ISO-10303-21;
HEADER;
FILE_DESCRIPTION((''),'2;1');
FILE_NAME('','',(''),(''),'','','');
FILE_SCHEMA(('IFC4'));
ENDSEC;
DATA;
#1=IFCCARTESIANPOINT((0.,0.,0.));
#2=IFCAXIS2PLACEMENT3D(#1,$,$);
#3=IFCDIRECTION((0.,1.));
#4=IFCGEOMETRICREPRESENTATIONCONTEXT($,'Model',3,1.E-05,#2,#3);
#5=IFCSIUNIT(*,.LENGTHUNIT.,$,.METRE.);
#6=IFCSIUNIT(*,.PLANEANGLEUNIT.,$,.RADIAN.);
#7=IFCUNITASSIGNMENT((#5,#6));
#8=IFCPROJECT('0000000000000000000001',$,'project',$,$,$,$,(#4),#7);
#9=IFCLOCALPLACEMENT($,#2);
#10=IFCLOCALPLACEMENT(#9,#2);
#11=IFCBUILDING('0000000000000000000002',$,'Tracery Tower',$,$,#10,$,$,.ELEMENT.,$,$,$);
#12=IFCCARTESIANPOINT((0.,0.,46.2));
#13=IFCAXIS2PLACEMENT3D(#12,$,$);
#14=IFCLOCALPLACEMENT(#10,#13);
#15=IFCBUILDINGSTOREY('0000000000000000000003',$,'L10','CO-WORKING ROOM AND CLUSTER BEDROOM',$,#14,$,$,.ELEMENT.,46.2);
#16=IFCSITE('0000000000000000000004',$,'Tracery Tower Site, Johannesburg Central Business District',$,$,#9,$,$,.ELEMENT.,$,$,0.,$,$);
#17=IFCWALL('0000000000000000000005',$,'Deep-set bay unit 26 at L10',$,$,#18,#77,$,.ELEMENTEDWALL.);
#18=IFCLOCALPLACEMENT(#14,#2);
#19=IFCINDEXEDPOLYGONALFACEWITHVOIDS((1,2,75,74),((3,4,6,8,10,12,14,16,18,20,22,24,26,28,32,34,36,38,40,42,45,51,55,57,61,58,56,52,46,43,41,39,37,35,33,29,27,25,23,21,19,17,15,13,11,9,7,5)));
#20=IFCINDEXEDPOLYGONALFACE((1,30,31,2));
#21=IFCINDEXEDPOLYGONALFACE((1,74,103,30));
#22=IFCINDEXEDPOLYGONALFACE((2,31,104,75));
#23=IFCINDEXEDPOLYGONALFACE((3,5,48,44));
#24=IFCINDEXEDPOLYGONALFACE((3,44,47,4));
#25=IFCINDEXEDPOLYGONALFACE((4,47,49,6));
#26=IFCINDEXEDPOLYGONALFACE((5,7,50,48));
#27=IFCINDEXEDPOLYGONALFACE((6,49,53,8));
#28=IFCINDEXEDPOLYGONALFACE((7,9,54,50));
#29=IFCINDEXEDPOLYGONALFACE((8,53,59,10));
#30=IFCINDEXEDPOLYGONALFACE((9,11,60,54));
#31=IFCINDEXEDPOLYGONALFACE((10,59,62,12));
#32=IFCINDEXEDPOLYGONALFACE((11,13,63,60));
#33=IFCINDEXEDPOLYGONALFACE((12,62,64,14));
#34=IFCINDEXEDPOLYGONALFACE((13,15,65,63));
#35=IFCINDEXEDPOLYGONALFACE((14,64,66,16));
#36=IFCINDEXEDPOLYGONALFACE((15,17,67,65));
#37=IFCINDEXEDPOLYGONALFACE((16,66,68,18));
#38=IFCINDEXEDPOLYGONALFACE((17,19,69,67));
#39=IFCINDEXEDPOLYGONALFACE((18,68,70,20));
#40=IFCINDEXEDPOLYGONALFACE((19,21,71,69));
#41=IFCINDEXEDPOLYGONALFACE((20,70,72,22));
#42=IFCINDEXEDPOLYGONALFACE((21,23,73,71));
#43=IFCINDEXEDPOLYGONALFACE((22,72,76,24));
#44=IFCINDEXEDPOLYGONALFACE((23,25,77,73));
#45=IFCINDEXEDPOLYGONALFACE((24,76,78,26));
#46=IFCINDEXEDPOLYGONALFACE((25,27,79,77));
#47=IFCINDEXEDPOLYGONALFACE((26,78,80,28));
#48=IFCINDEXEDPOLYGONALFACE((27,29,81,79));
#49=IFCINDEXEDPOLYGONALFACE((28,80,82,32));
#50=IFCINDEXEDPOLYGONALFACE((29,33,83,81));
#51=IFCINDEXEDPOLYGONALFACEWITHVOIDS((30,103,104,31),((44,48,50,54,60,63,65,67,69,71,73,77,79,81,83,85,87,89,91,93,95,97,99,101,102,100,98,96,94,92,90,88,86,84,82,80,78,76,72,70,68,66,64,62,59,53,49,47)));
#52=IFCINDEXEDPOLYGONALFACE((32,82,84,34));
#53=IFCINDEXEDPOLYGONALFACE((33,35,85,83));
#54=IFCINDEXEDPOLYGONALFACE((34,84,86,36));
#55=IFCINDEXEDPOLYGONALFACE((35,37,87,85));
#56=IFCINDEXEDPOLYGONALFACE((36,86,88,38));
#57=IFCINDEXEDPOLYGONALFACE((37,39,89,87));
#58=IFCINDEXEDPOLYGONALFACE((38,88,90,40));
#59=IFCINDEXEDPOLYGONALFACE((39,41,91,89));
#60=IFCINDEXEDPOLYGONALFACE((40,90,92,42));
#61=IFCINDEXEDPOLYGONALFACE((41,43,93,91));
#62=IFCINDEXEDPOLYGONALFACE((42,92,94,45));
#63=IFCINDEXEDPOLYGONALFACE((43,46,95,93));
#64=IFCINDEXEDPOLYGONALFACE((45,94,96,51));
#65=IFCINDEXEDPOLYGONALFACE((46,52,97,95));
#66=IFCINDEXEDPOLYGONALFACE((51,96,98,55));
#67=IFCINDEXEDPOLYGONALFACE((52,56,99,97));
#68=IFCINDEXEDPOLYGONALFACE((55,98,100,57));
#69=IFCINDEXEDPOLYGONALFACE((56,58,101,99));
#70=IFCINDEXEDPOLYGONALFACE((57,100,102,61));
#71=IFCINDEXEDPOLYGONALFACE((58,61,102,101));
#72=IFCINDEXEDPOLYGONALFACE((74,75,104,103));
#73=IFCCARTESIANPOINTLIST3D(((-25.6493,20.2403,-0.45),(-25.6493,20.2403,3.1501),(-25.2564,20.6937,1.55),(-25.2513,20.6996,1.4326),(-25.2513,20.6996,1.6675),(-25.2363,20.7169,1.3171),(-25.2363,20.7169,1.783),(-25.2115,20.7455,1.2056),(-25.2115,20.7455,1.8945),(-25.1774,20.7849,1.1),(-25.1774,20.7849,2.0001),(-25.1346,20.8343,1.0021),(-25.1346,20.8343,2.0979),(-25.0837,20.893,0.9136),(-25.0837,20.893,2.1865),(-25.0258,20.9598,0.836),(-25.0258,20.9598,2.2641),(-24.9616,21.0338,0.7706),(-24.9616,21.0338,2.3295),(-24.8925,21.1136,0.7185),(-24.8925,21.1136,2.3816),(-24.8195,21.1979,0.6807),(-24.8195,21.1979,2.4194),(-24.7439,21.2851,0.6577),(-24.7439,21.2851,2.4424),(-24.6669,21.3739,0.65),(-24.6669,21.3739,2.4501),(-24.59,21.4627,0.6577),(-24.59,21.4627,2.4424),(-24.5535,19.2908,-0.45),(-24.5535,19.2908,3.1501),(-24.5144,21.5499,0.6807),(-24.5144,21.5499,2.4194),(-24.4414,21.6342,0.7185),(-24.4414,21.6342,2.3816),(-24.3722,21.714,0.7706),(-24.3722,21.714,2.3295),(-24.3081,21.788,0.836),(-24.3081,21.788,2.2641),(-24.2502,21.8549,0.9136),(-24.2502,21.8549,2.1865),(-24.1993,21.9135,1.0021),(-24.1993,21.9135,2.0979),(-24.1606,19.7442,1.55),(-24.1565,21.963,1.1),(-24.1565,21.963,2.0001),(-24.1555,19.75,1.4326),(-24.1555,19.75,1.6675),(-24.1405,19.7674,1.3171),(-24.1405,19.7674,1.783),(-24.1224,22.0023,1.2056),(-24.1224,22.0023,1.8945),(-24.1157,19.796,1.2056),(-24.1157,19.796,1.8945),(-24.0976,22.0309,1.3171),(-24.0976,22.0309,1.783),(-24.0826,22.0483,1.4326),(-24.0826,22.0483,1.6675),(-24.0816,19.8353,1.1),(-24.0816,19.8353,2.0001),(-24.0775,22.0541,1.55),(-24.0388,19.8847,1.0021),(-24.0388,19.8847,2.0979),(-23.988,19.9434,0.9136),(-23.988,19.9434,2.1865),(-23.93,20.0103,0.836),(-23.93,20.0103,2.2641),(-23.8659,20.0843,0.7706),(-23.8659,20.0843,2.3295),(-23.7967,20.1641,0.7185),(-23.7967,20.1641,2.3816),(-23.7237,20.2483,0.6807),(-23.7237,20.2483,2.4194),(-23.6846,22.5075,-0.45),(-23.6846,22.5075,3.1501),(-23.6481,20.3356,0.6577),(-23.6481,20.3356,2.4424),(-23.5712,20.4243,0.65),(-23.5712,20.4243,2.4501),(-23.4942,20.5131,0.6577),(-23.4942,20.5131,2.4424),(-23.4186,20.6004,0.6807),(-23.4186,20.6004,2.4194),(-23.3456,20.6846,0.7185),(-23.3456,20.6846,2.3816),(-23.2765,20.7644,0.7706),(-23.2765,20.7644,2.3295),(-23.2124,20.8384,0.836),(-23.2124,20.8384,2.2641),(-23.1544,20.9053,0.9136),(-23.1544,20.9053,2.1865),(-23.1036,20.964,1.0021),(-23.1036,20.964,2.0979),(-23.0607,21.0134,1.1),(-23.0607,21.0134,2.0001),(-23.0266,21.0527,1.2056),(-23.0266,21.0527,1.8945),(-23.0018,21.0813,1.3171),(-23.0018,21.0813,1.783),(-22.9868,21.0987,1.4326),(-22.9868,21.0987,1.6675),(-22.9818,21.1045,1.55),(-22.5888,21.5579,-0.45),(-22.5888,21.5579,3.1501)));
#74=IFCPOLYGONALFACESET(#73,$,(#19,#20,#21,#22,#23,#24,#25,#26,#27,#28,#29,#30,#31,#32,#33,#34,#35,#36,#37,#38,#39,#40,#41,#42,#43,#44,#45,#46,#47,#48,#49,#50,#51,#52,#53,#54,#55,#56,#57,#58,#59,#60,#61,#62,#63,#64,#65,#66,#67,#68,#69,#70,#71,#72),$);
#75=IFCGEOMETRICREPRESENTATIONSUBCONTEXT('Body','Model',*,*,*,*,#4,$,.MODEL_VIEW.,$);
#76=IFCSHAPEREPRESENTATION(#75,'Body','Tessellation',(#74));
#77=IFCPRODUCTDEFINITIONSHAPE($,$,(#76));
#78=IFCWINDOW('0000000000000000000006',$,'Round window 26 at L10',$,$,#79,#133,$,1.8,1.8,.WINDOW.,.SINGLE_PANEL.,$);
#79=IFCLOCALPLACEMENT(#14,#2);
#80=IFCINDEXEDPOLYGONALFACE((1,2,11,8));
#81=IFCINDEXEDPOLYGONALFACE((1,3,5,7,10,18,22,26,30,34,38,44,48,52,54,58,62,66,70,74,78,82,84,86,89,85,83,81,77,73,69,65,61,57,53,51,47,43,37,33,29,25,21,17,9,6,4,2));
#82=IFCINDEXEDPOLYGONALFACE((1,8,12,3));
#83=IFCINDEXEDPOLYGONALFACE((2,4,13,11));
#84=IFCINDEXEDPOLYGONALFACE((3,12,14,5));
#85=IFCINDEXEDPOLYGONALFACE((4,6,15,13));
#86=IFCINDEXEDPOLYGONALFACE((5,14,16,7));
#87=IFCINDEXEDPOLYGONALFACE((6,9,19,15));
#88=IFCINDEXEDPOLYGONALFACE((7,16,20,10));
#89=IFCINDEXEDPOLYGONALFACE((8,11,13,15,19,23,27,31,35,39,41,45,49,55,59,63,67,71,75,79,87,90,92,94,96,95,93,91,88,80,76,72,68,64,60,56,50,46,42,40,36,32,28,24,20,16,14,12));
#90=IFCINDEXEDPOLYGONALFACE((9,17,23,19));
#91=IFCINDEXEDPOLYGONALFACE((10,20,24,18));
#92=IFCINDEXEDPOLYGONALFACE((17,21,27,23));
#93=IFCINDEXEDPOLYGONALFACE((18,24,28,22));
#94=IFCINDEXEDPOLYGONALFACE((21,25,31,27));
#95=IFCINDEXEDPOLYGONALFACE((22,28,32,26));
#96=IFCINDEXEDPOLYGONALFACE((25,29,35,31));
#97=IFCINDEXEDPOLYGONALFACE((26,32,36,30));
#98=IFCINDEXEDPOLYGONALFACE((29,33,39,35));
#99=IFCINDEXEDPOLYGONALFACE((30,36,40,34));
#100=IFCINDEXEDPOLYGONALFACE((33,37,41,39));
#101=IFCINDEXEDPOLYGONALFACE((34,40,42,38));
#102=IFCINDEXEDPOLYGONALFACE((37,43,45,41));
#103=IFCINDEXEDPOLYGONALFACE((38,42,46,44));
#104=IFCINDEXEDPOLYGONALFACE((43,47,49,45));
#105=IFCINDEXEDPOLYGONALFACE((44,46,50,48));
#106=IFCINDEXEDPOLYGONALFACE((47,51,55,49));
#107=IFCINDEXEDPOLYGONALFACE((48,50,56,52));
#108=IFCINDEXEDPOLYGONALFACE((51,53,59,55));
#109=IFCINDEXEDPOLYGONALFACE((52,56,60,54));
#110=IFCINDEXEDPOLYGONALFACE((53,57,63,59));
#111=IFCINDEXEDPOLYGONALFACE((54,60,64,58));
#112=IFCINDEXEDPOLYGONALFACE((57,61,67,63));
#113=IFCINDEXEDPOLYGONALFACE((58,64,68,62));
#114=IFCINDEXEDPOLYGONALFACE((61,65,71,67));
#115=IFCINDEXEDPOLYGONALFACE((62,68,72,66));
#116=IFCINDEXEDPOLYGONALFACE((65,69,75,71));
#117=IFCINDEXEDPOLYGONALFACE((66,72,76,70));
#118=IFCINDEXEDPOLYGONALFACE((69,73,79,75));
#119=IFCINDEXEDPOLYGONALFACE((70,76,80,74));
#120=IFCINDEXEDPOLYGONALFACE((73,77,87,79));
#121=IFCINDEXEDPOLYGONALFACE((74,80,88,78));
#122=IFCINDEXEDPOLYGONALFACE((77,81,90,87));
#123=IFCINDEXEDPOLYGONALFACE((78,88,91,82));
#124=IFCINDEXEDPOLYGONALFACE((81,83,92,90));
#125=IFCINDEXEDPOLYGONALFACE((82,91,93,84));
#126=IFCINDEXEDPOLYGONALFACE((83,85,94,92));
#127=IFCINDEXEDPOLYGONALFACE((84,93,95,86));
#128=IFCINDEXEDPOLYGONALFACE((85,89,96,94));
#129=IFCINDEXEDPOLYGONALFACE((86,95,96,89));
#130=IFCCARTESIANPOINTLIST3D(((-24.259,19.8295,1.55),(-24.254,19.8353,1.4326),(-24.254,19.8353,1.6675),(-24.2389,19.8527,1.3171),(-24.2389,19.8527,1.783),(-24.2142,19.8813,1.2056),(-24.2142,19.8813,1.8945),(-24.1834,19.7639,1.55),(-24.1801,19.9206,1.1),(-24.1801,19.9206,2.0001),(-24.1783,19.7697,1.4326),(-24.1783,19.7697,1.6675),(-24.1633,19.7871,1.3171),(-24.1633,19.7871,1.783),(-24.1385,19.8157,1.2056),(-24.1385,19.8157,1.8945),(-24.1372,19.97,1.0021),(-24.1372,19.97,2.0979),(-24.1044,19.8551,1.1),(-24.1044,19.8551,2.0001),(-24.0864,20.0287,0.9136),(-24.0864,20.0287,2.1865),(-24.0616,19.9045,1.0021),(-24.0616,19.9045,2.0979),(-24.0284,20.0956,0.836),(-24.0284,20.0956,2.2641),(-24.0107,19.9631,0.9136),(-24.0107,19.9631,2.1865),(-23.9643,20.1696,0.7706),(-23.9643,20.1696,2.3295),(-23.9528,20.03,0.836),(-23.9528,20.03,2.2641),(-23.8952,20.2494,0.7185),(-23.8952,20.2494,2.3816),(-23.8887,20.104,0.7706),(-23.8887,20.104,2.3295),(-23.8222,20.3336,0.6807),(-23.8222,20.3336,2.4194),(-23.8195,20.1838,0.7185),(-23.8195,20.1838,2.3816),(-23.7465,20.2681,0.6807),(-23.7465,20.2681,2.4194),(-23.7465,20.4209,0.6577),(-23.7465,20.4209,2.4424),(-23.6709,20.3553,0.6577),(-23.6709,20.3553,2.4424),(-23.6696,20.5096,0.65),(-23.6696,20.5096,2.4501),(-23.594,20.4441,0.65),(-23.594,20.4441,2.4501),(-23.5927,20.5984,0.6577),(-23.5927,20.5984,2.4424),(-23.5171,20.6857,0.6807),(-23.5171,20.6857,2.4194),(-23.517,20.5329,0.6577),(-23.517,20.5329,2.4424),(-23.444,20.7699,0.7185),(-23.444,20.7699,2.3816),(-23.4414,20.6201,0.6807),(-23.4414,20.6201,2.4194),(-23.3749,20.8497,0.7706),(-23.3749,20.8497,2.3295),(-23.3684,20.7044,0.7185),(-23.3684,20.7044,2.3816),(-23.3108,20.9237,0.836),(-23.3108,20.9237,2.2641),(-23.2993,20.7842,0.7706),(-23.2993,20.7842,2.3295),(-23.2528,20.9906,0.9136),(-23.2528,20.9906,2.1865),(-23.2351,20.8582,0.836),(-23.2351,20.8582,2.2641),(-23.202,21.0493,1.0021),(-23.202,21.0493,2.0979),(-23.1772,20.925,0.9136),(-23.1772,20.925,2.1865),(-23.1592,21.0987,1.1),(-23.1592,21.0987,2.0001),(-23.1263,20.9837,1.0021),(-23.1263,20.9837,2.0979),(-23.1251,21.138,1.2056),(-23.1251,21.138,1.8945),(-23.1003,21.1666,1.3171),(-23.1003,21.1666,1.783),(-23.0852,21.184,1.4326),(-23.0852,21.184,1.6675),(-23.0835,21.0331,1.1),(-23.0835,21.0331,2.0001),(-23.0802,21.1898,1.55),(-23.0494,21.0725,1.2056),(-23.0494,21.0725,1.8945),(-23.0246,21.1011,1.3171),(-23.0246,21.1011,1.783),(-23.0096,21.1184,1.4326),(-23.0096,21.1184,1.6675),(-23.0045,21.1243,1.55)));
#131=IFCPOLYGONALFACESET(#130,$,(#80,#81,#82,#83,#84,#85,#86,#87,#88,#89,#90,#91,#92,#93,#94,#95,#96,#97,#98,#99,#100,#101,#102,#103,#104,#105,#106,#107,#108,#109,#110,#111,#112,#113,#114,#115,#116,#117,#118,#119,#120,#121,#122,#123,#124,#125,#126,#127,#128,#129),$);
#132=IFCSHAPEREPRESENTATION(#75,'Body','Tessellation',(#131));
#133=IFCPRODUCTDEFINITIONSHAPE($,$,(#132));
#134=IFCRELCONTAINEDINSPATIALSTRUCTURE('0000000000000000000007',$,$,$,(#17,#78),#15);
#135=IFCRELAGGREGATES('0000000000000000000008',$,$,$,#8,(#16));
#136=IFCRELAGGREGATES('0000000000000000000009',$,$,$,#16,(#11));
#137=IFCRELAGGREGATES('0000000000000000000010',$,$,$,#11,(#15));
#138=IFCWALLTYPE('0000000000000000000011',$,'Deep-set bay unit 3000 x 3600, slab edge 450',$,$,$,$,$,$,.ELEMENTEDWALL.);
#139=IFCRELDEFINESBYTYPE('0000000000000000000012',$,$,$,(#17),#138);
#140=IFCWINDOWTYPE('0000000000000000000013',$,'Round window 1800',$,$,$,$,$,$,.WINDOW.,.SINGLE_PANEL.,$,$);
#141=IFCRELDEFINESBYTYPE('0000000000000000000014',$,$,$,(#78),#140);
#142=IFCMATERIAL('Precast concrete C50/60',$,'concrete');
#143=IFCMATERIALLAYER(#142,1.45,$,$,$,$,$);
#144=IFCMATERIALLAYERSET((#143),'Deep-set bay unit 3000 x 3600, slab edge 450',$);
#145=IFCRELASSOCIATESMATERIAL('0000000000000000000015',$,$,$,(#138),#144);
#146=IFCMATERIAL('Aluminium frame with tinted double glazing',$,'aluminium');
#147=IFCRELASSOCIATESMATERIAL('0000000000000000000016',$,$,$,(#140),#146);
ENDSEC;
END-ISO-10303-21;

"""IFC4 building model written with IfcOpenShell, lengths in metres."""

from ifc_helpers import new_model, si_unit, direction, frame, frame_2d, origin, origin_2d, place, context, subcontext, project, spatial, rectangle, circle, extrude, material, layer, layer_set, type_object, element, fill, save


model = new_model("IFC4")

# Units and contexts
model_context = context("Model", 3, precision=1e-05, world=origin(), true_north=direction((0.0, 1.0)))
body_context = subcontext(model_context, "Body", "Model", "MODEL_VIEW")
ifc_project = project(units=[si_unit("LENGTHUNIT", "METRE"), si_unit("PLANEANGLEUNIT", "RADIAN")], contexts=[model_context])

# Site, building, storey
site_placement = place(None, origin())
site = spatial("IfcSite", under=ifc_project, at=site_placement, Name="Tracery Tower Site, Johannesburg Central Business District", CompositionType="ELEMENT", RefElevation=0.0)
building_placement = place(site_placement, origin())
building = spatial("IfcBuilding", under=site, at=building_placement, Name="Tracery Tower", CompositionType="ELEMENT")
storey_placement = place(building_placement, frame((0.0, 0.0, 46.2)))
storey = spatial("IfcBuildingStorey", under=building, at=storey_placement, Name="L10", Description="CO-WORKING ROOM AND CLUSTER BEDROOM", CompositionType="ELEMENT", Elevation=46.2)

# Wall, opening, window
ifc_material_1 = material(Name="Precast concrete C50/60", Category="concrete")
ifc_layer_1 = layer(ifc_material_1, 1.45)
ifc_layer_set_1 = layer_set([ifc_layer_1], Name="Deep-set bay unit 3000 x 3600, slab edge 450")
wall_type_1 = type_object("IfcWallType", Name="Deep-set bay unit 3000 x 3600, slab edge 450", PredefinedType="ELEMENTEDWALL", material=ifc_layer_set_1)
wall_1_placement = place(storey_placement, frame((-23.1367, 22.0327, -0.45), z_axis=(0.0, 0.0, 1.0), x_axis=(-0.65489, -0.755724, 0.0)))
wall_1 = element("IfcWall", 1, at=wall_1_placement, inside=storey, type_object=wall_type_1, Name="Deep-set bay unit 26 at L10", PredefinedType="ELEMENTEDWALL", context=body_context, shape_type="SweptSolid", body=[
    extrude(rectangle(XDim=3.0, YDim=1.45, at=frame_2d((1.5, 0.0))), origin(), (0.0, 0.0, 1.0), 3.6001),
])
opening_1_placement = place(wall_1_placement, frame((1.5, 0.0, 2.0)))
opening_1 = element("IfcOpeningElement", 2, at=opening_1_placement, cuts=wall_1, PredefinedType="OPENING", context=body_context, shape_type="SweptSolid", body=[
    extrude(circle(Radius=0.9, at=origin_2d()), frame((0.0, 0.7349, 0.0), z_axis=(0.0, -1.0, 0.0), x_axis=(1.0, 0.0, 0.0)), (0.0, 0.0, 1.0), 1.47),
])
ifc_material_2 = material(Name="Aluminium frame with tinted double glazing", Category="aluminium")
window_type = type_object("IfcWindowType", Name="Round window 1800", PartitioningType="SINGLE_PANEL", PredefinedType="WINDOW", material=ifc_material_2)
window_1_placement = place(opening_1_placement, origin())
window_1 = element("IfcWindow", 3, at=window_1_placement, inside=storey, type_object=window_type, Name="Round window 26 at L10", OverallHeight=1.8, OverallWidth=1.8, PartitioningType="SINGLE_PANEL", PredefinedType="WINDOW", context=body_context, shape_type="SweptSolid", body=[
    extrude(circle(Radius=0.9, at=origin_2d()), frame((0.0, 0.6948, 0.0), z_axis=(0.0, -1.0, 0.0), x_axis=(1.0, 0.0, 0.0)), (0.0, 0.0, 1.0), 0.1001),
])
fill(opening_1, window_1)

save(model, "model.ifc")
